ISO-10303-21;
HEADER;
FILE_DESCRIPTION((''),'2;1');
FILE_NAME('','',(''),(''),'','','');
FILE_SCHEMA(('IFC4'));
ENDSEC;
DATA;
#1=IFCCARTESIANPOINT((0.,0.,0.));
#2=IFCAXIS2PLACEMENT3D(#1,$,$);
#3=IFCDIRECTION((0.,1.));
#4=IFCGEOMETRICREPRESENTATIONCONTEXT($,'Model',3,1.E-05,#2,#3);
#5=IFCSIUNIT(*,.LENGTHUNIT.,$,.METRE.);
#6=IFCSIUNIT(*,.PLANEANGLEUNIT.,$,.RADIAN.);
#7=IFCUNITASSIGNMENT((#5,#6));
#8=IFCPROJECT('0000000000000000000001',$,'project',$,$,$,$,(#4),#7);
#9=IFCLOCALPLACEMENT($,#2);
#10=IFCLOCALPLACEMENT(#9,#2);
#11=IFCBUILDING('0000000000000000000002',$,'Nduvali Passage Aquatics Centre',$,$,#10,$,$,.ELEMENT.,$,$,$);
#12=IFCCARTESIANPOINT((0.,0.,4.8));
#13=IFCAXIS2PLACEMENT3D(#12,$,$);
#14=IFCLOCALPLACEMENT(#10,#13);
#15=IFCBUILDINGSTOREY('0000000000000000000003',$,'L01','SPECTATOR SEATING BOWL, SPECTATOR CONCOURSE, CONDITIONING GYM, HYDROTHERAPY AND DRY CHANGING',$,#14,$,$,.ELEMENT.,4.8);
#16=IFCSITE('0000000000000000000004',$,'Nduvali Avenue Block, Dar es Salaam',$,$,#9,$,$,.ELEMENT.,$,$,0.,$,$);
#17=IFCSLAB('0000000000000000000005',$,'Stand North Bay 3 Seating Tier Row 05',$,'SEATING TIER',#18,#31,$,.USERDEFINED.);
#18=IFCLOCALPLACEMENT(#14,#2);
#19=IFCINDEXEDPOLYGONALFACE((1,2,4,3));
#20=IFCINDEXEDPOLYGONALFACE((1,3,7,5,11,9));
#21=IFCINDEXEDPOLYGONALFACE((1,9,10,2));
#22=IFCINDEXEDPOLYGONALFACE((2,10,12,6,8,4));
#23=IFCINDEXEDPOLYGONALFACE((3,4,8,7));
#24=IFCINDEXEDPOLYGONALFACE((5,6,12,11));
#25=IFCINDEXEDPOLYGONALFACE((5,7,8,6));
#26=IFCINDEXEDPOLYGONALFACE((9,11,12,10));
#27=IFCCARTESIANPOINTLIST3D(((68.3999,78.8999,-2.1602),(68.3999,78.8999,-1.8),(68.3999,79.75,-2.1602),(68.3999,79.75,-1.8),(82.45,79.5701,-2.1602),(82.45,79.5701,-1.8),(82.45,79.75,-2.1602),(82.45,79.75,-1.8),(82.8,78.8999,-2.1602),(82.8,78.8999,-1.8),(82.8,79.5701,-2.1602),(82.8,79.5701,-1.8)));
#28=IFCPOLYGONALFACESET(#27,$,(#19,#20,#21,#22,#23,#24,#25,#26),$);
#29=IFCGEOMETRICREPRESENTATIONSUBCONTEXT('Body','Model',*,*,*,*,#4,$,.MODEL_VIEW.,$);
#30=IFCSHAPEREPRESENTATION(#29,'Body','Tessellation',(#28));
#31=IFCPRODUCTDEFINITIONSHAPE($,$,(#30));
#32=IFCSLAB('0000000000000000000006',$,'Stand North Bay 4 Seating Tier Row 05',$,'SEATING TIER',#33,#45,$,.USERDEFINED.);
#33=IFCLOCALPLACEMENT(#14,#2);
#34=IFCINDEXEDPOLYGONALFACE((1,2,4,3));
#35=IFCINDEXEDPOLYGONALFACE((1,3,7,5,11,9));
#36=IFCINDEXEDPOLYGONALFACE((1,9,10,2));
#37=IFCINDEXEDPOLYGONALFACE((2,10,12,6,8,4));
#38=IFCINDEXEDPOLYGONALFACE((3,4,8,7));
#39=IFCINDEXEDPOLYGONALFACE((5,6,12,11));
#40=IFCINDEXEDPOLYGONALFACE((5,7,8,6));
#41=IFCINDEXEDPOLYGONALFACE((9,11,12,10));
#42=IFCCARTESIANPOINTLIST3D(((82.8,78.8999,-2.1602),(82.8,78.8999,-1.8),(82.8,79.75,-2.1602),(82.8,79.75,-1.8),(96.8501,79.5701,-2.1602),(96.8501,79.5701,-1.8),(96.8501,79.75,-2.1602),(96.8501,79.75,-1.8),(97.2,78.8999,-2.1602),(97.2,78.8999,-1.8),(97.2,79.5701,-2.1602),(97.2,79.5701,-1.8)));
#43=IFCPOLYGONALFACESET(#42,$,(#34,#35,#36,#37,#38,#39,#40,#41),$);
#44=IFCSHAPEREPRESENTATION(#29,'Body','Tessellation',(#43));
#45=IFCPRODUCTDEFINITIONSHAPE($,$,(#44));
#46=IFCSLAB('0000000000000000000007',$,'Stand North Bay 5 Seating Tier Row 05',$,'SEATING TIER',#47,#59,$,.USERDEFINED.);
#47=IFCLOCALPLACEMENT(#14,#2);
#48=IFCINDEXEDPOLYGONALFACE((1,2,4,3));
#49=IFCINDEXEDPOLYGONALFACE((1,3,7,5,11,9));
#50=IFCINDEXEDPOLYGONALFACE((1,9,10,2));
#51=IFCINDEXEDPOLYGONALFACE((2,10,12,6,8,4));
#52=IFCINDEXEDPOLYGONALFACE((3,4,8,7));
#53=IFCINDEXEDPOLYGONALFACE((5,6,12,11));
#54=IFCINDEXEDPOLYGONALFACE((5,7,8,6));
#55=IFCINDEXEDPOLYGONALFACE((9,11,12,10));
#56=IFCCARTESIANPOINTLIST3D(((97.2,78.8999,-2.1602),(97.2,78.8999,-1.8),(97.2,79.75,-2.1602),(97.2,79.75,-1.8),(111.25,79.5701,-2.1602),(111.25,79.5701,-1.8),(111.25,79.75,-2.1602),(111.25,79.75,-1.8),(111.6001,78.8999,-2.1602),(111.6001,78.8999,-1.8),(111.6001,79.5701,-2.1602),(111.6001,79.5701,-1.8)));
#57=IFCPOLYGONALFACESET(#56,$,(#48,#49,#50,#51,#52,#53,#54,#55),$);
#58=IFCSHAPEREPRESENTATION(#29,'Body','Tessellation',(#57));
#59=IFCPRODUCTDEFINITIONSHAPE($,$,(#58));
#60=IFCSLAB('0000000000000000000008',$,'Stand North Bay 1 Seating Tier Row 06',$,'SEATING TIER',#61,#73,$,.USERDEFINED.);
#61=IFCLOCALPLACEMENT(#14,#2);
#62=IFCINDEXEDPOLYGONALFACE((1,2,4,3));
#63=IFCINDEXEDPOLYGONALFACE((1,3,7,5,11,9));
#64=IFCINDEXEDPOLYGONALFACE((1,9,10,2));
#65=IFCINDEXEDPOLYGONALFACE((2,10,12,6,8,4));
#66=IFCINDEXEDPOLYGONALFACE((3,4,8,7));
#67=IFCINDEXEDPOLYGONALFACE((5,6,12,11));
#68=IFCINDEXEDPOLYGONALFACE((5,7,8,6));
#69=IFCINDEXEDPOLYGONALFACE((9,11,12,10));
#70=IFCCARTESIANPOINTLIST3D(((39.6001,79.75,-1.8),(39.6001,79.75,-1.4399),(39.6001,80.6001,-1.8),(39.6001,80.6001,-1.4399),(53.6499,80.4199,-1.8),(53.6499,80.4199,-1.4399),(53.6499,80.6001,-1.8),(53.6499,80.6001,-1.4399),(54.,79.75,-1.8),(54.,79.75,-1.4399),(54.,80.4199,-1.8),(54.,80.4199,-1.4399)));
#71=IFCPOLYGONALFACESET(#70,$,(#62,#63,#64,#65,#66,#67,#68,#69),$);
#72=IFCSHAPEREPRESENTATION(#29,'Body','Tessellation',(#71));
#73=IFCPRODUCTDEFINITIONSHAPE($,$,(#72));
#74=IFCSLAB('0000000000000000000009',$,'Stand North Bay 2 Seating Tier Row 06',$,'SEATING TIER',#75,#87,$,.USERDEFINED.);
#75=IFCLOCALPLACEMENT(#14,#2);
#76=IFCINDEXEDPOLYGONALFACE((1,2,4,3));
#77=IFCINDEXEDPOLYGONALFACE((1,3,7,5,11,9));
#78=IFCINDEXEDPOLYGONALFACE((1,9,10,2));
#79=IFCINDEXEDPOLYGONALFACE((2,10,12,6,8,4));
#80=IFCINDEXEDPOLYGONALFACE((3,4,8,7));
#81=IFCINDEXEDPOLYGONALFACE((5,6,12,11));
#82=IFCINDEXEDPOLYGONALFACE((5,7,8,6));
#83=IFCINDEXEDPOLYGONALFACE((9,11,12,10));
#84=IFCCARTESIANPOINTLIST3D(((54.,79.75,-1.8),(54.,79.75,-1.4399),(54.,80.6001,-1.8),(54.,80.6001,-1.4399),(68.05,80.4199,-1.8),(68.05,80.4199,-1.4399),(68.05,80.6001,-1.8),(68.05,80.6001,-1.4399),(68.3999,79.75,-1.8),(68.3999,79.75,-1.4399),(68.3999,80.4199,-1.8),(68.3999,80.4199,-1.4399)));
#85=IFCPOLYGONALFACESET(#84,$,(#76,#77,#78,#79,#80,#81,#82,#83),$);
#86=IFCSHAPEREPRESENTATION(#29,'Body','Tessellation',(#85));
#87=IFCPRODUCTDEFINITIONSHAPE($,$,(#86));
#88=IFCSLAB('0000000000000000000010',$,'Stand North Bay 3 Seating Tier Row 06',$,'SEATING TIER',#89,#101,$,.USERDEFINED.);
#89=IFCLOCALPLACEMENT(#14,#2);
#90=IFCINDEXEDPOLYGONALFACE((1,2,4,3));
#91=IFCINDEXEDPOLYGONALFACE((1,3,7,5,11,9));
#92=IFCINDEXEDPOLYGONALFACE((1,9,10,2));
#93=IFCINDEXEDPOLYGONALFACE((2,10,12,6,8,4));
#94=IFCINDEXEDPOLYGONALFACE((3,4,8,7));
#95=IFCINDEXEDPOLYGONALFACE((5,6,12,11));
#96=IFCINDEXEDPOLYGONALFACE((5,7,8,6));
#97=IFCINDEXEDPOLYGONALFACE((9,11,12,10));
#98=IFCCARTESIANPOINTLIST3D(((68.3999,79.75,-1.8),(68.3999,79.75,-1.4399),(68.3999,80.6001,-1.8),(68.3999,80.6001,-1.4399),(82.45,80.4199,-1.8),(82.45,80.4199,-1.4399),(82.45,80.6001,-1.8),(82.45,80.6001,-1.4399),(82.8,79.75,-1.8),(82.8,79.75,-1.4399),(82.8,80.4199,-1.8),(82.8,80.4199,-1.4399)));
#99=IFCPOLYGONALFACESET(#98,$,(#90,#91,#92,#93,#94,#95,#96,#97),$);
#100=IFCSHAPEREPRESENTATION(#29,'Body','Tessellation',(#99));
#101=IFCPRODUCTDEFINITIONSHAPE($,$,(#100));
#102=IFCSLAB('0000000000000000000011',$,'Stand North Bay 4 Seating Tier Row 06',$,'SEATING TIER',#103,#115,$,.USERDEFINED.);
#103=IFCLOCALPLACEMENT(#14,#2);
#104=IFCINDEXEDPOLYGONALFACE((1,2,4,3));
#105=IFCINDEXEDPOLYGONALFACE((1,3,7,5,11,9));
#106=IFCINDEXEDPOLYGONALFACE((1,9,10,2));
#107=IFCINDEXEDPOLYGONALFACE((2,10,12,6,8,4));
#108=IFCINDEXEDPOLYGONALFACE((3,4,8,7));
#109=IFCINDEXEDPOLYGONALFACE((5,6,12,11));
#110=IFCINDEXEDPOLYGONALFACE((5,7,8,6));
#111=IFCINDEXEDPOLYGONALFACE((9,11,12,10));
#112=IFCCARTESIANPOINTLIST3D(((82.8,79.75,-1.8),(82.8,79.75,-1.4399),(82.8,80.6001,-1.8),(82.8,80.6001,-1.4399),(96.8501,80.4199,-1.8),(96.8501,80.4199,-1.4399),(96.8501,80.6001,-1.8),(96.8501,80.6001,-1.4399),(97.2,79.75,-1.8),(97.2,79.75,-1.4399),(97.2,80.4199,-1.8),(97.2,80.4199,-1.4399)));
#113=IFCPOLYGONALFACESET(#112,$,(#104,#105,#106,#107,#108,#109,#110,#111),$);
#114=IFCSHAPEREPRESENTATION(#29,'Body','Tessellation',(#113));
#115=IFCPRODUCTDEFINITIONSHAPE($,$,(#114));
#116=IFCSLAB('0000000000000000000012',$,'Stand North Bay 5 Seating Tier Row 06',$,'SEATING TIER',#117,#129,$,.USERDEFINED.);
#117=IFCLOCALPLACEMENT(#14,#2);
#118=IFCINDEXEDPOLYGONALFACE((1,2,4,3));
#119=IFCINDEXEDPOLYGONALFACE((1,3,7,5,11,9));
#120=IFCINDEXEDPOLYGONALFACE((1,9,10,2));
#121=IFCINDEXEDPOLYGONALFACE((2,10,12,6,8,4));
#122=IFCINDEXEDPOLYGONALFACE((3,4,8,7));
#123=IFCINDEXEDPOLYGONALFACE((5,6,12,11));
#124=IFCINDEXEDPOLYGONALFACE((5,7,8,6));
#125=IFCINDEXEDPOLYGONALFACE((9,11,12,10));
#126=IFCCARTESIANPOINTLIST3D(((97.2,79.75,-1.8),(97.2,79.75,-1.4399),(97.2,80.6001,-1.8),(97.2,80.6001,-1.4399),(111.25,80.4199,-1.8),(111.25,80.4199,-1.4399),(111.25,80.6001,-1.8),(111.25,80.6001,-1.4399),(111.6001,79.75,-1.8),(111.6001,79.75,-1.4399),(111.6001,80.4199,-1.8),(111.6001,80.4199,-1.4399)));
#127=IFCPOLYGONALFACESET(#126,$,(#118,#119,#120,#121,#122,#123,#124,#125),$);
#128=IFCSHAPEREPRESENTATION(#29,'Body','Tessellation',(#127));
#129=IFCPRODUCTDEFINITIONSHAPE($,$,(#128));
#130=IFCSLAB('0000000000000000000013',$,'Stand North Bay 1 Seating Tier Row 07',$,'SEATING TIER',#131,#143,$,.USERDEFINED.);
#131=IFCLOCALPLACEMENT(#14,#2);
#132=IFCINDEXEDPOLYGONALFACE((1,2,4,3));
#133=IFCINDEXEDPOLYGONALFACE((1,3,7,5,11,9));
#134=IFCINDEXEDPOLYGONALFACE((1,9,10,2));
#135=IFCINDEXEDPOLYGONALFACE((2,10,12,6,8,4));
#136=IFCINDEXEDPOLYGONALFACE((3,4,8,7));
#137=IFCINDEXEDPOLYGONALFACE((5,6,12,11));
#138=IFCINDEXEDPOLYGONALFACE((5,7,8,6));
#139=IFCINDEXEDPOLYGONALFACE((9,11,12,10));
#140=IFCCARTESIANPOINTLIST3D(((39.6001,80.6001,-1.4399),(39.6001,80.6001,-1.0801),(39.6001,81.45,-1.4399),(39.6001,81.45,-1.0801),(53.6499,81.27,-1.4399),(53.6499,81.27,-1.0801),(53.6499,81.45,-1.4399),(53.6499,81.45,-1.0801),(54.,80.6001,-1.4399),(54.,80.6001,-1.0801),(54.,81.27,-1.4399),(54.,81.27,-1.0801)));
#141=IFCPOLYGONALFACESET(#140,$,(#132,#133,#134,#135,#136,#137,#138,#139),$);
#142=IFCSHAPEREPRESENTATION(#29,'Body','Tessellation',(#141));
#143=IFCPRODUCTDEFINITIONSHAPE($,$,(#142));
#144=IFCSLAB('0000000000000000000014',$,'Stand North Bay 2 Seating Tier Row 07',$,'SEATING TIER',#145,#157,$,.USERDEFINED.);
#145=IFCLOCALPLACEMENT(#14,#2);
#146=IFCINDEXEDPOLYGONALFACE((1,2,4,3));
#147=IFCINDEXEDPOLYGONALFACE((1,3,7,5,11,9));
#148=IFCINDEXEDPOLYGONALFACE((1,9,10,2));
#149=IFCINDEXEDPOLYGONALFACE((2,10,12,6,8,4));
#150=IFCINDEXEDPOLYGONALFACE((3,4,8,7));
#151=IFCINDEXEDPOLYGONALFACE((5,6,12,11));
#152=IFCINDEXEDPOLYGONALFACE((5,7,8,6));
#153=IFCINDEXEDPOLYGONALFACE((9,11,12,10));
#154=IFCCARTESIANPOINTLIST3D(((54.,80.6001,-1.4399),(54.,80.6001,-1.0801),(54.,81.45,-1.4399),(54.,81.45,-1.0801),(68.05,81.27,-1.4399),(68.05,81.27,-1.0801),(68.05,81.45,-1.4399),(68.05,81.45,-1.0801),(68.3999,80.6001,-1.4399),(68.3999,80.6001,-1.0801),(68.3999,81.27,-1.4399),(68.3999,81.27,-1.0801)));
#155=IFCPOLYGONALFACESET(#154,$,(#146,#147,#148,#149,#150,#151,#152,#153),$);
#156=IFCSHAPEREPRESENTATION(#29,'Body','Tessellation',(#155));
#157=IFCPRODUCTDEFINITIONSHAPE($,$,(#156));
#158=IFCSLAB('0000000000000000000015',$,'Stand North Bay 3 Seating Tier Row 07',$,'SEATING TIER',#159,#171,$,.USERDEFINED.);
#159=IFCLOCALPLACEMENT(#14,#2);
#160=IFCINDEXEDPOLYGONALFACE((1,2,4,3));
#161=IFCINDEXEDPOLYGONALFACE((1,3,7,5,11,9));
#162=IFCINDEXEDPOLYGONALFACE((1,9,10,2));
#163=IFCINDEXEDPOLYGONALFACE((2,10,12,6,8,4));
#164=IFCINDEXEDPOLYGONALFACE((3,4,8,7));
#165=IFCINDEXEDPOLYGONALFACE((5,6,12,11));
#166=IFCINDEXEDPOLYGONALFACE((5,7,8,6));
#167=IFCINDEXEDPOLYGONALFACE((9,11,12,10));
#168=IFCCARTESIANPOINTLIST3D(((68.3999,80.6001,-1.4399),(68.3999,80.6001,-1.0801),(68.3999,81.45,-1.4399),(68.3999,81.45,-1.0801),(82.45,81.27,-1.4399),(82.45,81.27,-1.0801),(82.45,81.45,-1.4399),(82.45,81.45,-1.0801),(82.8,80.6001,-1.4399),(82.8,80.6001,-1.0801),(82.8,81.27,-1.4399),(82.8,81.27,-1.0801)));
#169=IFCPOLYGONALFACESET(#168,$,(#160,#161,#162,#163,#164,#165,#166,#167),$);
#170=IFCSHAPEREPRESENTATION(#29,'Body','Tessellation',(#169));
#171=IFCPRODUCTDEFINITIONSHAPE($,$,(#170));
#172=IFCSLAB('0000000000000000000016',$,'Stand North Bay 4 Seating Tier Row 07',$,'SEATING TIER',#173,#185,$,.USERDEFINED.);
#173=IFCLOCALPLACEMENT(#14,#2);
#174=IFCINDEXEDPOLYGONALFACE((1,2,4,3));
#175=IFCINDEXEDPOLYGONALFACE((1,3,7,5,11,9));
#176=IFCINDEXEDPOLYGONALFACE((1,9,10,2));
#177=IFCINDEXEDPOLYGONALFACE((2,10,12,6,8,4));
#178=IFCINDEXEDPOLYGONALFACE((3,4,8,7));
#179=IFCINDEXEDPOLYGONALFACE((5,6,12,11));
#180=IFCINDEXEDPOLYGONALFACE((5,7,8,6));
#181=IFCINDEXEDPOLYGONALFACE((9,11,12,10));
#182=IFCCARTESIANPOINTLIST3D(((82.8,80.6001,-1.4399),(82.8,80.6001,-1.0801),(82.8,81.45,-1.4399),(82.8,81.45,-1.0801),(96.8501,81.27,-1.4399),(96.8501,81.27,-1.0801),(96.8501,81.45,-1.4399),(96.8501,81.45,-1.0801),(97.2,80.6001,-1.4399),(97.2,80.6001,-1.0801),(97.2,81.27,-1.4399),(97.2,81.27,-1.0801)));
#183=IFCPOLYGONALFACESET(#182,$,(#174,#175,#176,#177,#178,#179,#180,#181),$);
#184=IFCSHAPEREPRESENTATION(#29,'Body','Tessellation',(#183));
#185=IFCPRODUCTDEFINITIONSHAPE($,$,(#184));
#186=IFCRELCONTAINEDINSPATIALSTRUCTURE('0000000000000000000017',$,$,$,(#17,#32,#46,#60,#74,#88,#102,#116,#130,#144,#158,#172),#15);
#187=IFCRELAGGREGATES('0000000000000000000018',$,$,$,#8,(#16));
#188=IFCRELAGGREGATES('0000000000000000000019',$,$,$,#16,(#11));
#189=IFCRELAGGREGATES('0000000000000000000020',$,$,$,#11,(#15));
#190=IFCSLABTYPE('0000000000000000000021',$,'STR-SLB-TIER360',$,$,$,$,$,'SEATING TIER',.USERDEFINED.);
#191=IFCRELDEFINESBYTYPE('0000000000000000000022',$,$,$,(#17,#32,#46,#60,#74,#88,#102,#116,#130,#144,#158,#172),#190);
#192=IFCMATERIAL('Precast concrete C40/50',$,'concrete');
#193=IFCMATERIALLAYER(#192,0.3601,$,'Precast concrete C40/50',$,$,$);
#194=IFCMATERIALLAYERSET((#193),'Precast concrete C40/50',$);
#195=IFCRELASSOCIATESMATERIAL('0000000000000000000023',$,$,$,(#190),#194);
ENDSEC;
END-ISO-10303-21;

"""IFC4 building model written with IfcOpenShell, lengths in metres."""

from ifc_helpers import new_model, si_unit, direction, frame, origin, place, context, subcontext, project, spatial, polyline, outline, extrude, material, layer, layer_set, type_object, element, save


model = new_model("IFC4")

# Units and contexts
model_context = context("Model", 3, precision=1e-05, world=origin(), true_north=direction((0.0, 1.0)))
body_context = subcontext(model_context, "Body", "Model", "MODEL_VIEW")
ifc_project = project(units=[si_unit("LENGTHUNIT", "METRE"), si_unit("PLANEANGLEUNIT", "RADIAN")], contexts=[model_context])

# Site, building, storey
site_placement = place(None, origin())
site = spatial("IfcSite", under=ifc_project, at=site_placement, Name="Nduvali Avenue Block, Dar es Salaam", CompositionType="ELEMENT", RefElevation=0.0)
building_placement = place(site_placement, origin())
building = spatial("IfcBuilding", under=site, at=building_placement, Name="Nduvali Passage Aquatics Centre", CompositionType="ELEMENT")
storey_placement = place(building_placement, frame((0.0, 0.0, 4.8)))
storey = spatial("IfcBuildingStorey", under=building, at=storey_placement, Name="L01", Description="SPECTATOR SEATING BOWL, SPECTATOR CONCOURSE, CONDITIONING GYM, HYDROTHERAPY AND DRY CHANGING", CompositionType="ELEMENT", Elevation=4.8)

# Slabs
ifc_material = material(Name="Precast concrete C40/50", Category="concrete")
ifc_layer = layer(ifc_material, 0.3601, Name="Precast concrete C40/50")
ifc_layer_set = layer_set([ifc_layer], Name="Precast concrete C40/50")
slab_type = type_object("IfcSlabType", Name="STR-SLB-TIER360", ElementType="SEATING TIER", PredefinedType="USERDEFINED", material=ifc_layer_set)
slab_1_placement = place(storey_placement, frame((0.0, 0.0, -2.1602)))
element("IfcSlab", 1, at=slab_1_placement, inside=storey, type_object=slab_type, Name="Stand North Bay 3 Seating Tier Row 05", ObjectType="SEATING TIER", PredefinedType="USERDEFINED", context=body_context, shape_type="SweptSolid", body=[
    extrude(outline(polyline([(68.3999, 78.8999), (82.8, 78.8999), (82.8, 79.5701), (82.45, 79.5701), (82.45, 79.75), (68.3999, 79.75), (68.3999, 78.8999)])), origin(), (0.0, 0.0, 1.0), 0.3601),
])
slab_2_placement = place(storey_placement, frame((0.0, 0.0, -2.1602)))
element("IfcSlab", 2, at=slab_2_placement, inside=storey, type_object=slab_type, Name="Stand North Bay 4 Seating Tier Row 05", ObjectType="SEATING TIER", PredefinedType="USERDEFINED", context=body_context, shape_type="SweptSolid", body=[
    extrude(outline(polyline([(82.8, 78.8999), (97.2, 78.8999), (97.2, 79.5701), (96.8501, 79.5701), (96.8501, 79.75), (82.8, 79.75), (82.8, 78.8999)])), origin(), (0.0, 0.0, 1.0), 0.3601),
])
slab_3_placement = place(storey_placement, frame((0.0, 0.0, -2.1602)))
element("IfcSlab", 3, at=slab_3_placement, inside=storey, type_object=slab_type, Name="Stand North Bay 5 Seating Tier Row 05", ObjectType="SEATING TIER", PredefinedType="USERDEFINED", context=body_context, shape_type="SweptSolid", body=[
    extrude(outline(polyline([(97.2, 78.8999), (111.6001, 78.8999), (111.6001, 79.5701), (111.25, 79.5701), (111.25, 79.75), (97.2, 79.75), (97.2, 78.8999)])), origin(), (0.0, 0.0, 1.0), 0.3601),
])
slab_4_placement = place(storey_placement, frame((0.0, 0.0, -1.8)))
element("IfcSlab", 4, at=slab_4_placement, inside=storey, type_object=slab_type, Name="Stand North Bay 1 Seating Tier Row 06", ObjectType="SEATING TIER", PredefinedType="USERDEFINED", context=body_context, shape_type="SweptSolid", body=[
    extrude(outline(polyline([(39.6001, 79.75), (54.0, 79.75), (54.0, 80.4199), (53.6499, 80.4199), (53.6499, 80.6001), (39.6001, 80.6001), (39.6001, 79.75)])), origin(), (0.0, 0.0, 1.0), 0.3601),
])
slab_5_placement = place(storey_placement, frame((0.0, 0.0, -1.8)))
element("IfcSlab", 5, at=slab_5_placement, inside=storey, type_object=slab_type, Name="Stand North Bay 2 Seating Tier Row 06", ObjectType="SEATING TIER", PredefinedType="USERDEFINED", context=body_context, shape_type="SweptSolid", body=[
    extrude(outline(polyline([(54.0, 79.75), (68.3999, 79.75), (68.3999, 80.4199), (68.05, 80.4199), (68.05, 80.6001), (54.0, 80.6001), (54.0, 79.75)])), origin(), (0.0, 0.0, 1.0), 0.3601),
])
slab_6_placement = place(storey_placement, frame((0.0, 0.0, -1.8)))
element("IfcSlab", 6, at=slab_6_placement, inside=storey, type_object=slab_type, Name="Stand North Bay 3 Seating Tier Row 06", ObjectType="SEATING TIER", PredefinedType="USERDEFINED", context=body_context, shape_type="SweptSolid", body=[
    extrude(outline(polyline([(68.3999, 79.75), (82.8, 79.75), (82.8, 80.4199), (82.45, 80.4199), (82.45, 80.6001), (68.3999, 80.6001), (68.3999, 79.75)])), origin(), (0.0, 0.0, 1.0), 0.3601),
])
slab_7_placement = place(storey_placement, frame((0.0, 0.0, -1.8)))
element("IfcSlab", 7, at=slab_7_placement, inside=storey, type_object=slab_type, Name="Stand North Bay 4 Seating Tier Row 06", ObjectType="SEATING TIER", PredefinedType="USERDEFINED", context=body_context, shape_type="SweptSolid", body=[
    extrude(outline(polyline([(82.8, 79.75), (97.2, 79.75), (97.2, 80.4199), (96.8501, 80.4199), (96.8501, 80.6001), (82.8, 80.6001), (82.8, 79.75)])), origin(), (0.0, 0.0, 1.0), 0.3601),
])
slab_8_placement = place(storey_placement, frame((0.0, 0.0, -1.8)))
element("IfcSlab", 8, at=slab_8_placement, inside=storey, type_object=slab_type, Name="Stand North Bay 5 Seating Tier Row 06", ObjectType="SEATING TIER", PredefinedType="USERDEFINED", context=body_context, shape_type="SweptSolid", body=[
    extrude(outline(polyline([(97.2, 79.75), (111.6001, 79.75), (111.6001, 80.4199), (111.25, 80.4199), (111.25, 80.6001), (97.2, 80.6001), (97.2, 79.75)])), origin(), (0.0, 0.0, 1.0), 0.3601),
])
slab_9_placement = place(storey_placement, frame((0.0, 0.0, -1.4399)))
element("IfcSlab", 9, at=slab_9_placement, inside=storey, type_object=slab_type, Name="Stand North Bay 1 Seating Tier Row 07", ObjectType="SEATING TIER", PredefinedType="USERDEFINED", context=body_context, shape_type="SweptSolid", body=[
    extrude(outline(polyline([(39.6001, 80.6001), (54.0, 80.6001), (54.0, 81.27), (53.6499, 81.27), (53.6499, 81.45), (39.6001, 81.45), (39.6001, 80.6001)])), origin(), (0.0, 0.0, 1.0), 0.3599),
])
slab_10_placement = place(storey_placement, frame((0.0, 0.0, -1.4399)))
element("IfcSlab", 10, at=slab_10_placement, inside=storey, type_object=slab_type, Name="Stand North Bay 2 Seating Tier Row 07", ObjectType="SEATING TIER", PredefinedType="USERDEFINED", context=body_context, shape_type="SweptSolid", body=[
    extrude(outline(polyline([(54.0, 80.6001), (68.3999, 80.6001), (68.3999, 81.27), (68.05, 81.27), (68.05, 81.45), (54.0, 81.45), (54.0, 80.6001)])), origin(), (0.0, 0.0, 1.0), 0.3599),
])
slab_11_placement = place(storey_placement, frame((0.0, 0.0, -1.4399)))
element("IfcSlab", 11, at=slab_11_placement, inside=storey, type_object=slab_type, Name="Stand North Bay 3 Seating Tier Row 07", ObjectType="SEATING TIER", PredefinedType="USERDEFINED", context=body_context, shape_type="SweptSolid", body=[
    extrude(outline(polyline([(68.3999, 80.6001), (82.8, 80.6001), (82.8, 81.27), (82.45, 81.27), (82.45, 81.45), (68.3999, 81.45), (68.3999, 80.6001)])), origin(), (0.0, 0.0, 1.0), 0.3599),
])
slab_12_placement = place(storey_placement, frame((0.0, 0.0, -1.4399)))
element("IfcSlab", 12, at=slab_12_placement, inside=storey, type_object=slab_type, Name="Stand North Bay 4 Seating Tier Row 07", ObjectType="SEATING TIER", PredefinedType="USERDEFINED", context=body_context, shape_type="SweptSolid", body=[
    extrude(outline(polyline([(82.8, 80.6001), (97.2, 80.6001), (97.2, 81.27), (96.8501, 81.27), (96.8501, 81.45), (82.8, 81.45), (82.8, 80.6001)])), origin(), (0.0, 0.0, 1.0), 0.3599),
])

save(model, "model.ifc")
